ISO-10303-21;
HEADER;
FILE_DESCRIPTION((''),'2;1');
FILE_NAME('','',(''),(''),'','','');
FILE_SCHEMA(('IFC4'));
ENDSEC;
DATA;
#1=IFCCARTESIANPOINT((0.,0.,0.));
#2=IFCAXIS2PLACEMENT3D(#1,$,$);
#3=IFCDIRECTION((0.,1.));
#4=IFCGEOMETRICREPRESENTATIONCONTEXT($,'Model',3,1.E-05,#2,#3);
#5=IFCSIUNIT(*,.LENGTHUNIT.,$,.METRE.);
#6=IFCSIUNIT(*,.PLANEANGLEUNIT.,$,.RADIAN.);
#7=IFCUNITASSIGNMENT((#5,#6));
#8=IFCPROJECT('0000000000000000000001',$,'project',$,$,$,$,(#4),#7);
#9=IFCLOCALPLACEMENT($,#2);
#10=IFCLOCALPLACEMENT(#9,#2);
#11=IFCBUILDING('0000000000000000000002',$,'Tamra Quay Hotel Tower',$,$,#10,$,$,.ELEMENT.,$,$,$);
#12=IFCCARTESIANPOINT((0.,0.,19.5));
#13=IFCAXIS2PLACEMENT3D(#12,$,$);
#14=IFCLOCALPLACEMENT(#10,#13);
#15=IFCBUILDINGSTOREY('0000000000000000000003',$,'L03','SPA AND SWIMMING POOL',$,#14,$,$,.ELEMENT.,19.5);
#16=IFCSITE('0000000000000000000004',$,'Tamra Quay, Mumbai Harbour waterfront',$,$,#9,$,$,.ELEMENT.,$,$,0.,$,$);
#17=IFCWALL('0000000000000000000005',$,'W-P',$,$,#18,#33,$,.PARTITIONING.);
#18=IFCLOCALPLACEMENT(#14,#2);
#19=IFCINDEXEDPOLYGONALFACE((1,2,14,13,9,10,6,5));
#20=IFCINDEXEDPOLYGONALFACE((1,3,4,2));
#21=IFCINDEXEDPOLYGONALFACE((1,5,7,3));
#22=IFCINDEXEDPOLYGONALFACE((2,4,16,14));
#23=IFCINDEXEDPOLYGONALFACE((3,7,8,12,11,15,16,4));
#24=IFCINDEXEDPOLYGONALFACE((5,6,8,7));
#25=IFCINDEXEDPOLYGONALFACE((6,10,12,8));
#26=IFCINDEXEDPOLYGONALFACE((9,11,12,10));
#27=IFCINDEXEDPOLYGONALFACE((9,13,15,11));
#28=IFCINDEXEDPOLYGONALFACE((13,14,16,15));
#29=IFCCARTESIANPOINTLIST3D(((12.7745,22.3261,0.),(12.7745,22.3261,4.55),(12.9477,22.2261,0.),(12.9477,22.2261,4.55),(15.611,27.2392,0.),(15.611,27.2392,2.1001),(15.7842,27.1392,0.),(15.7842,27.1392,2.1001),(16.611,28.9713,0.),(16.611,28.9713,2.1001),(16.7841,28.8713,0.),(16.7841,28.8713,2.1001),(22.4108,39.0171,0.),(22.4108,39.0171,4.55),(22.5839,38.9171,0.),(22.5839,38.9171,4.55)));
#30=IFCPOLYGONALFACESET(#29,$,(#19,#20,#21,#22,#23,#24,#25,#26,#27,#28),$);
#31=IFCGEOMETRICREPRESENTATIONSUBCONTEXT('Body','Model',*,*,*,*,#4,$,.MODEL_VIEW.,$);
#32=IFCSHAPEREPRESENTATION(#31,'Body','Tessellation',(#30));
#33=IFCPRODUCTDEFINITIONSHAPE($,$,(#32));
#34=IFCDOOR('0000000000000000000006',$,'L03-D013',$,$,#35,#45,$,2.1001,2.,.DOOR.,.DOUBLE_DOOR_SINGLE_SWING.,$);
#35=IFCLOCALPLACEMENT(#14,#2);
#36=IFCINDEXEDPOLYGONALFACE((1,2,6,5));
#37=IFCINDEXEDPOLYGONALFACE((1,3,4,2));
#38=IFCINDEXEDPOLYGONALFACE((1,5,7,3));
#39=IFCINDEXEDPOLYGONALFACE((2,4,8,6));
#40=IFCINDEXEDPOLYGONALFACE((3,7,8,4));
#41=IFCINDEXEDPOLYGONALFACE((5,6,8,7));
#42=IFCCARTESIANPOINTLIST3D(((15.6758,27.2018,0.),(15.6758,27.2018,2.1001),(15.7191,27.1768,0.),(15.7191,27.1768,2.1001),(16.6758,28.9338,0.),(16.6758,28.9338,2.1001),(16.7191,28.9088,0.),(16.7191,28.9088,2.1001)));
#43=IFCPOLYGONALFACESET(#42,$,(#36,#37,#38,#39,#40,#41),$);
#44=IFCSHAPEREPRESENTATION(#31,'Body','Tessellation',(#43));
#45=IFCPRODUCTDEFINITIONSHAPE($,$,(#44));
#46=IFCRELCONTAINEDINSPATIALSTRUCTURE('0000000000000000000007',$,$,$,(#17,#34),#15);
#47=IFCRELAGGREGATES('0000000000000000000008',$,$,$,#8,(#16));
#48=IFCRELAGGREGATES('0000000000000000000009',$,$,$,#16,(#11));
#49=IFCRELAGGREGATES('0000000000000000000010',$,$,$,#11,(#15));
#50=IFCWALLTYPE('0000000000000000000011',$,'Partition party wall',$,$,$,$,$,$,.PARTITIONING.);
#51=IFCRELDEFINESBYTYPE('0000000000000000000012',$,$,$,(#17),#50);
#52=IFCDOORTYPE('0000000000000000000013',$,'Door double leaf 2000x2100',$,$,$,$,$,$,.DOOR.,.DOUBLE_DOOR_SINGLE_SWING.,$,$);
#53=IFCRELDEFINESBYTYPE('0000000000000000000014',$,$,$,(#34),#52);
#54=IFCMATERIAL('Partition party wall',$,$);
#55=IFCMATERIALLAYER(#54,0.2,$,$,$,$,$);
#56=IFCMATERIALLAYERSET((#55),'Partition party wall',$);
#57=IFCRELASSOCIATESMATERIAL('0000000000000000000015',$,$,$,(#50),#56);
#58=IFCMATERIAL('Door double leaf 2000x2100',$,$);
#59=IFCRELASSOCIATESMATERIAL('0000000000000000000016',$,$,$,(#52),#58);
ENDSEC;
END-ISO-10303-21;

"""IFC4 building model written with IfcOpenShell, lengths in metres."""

from ifc_helpers import new_model, si_unit, direction, frame, frame_2d, origin, place, context, subcontext, project, spatial, rectangle, extrude, material, layer, layer_set, type_object, element, fill, save


model = new_model("IFC4")

# Units and contexts
model_context = context("Model", 3, precision=1e-05, world=origin(), true_north=direction((0.0, 1.0)))
body_context = subcontext(model_context, "Body", "Model", "MODEL_VIEW")
ifc_project = project(units=[si_unit("LENGTHUNIT", "METRE"), si_unit("PLANEANGLEUNIT", "RADIAN")], contexts=[model_context])

# Site, building, storey
site_placement = place(None, origin())
site = spatial("IfcSite", under=ifc_project, at=site_placement, Name="Tamra Quay, Mumbai Harbour waterfront", CompositionType="ELEMENT", RefElevation=0.0)
building_placement = place(site_placement, origin())
building = spatial("IfcBuilding", under=site, at=building_placement, Name="Tamra Quay Hotel Tower", CompositionType="ELEMENT")
storey_placement = place(building_placement, frame((0.0, 0.0, 19.5)))
storey = spatial("IfcBuildingStorey", under=building, at=storey_placement, Name="L03", Description="SPA AND SWIMMING POOL", CompositionType="ELEMENT", Elevation=19.5)

# Wall, opening, door
ifc_material_1 = material(Name="Partition party wall")
ifc_layer_1 = layer(ifc_material_1, 0.2)
ifc_layer_set_1 = layer_set([ifc_layer_1], Name="Partition party wall")
wall_type_1 = type_object("IfcWallType", Name="Partition party wall", PredefinedType="PARTITIONING", material=ifc_layer_set_1)
wall_1_placement = place(storey_placement, frame((12.8611, 22.2761, 0.0), z_axis=(0.0, 0.0, 1.0), x_axis=(0.499989, 0.866032, 0.0)))
wall_1 = element("IfcWall", 1, at=wall_1_placement, inside=storey, type_object=wall_type_1, Name="W-P", PredefinedType="PARTITIONING", context=body_context, shape_type="SweptSolid", body=[
    extrude(rectangle(XDim=19.2729, YDim=0.2, at=frame_2d((9.6365, 0.0))), origin(), (0.0, 0.0, 1.0), 4.55),
])
opening_placement = place(wall_1_placement, frame((5.6731, 0.0, 0.0)))
opening = element("IfcOpeningElement", 2, at=opening_placement, cuts=wall_1, PredefinedType="OPENING", context=body_context, shape_type="SweptSolid", body=[
    extrude(rectangle(XDim=2.0, YDim=2.1001, at=frame_2d((1.0, 1.05))), frame((0.0, 0.1099, 0.0), z_axis=(0.0, -1.0, 0.0), x_axis=(1.0, 0.0, 0.0)), (0.0, 0.0, 1.0), 0.22),
])
ifc_material_2 = material(Name="Door double leaf 2000x2100")
door_type = type_object("IfcDoorType", Name="Door double leaf 2000x2100", OperationType="DOUBLE_DOOR_SINGLE_SWING", PredefinedType="DOOR", material=ifc_material_2)
door_placement = place(opening_placement, frame((2.0, 0.0, 0.0), z_axis=(0.0, 0.0, 1.0), x_axis=(-1.0, 0.0, 0.0)))
door = element("IfcDoor", 3, at=door_placement, inside=storey, type_object=door_type, Name="L03-D013", OperationType="DOUBLE_DOOR_SINGLE_SWING", OverallHeight=2.1001, OverallWidth=2.0, PredefinedType="DOOR", context=body_context, shape_type="SweptSolid", body=[
    extrude(rectangle(XDim=2.0, YDim=2.1001, at=frame_2d((1.0, 1.05))), frame((0.0, 0.0249, 0.0), z_axis=(0.0, -1.0, 0.0), x_axis=(1.0, 0.0, 0.0)), (0.0, 0.0, 1.0), 0.05),
])
fill(opening, door)

save(model, "model.ifc")
